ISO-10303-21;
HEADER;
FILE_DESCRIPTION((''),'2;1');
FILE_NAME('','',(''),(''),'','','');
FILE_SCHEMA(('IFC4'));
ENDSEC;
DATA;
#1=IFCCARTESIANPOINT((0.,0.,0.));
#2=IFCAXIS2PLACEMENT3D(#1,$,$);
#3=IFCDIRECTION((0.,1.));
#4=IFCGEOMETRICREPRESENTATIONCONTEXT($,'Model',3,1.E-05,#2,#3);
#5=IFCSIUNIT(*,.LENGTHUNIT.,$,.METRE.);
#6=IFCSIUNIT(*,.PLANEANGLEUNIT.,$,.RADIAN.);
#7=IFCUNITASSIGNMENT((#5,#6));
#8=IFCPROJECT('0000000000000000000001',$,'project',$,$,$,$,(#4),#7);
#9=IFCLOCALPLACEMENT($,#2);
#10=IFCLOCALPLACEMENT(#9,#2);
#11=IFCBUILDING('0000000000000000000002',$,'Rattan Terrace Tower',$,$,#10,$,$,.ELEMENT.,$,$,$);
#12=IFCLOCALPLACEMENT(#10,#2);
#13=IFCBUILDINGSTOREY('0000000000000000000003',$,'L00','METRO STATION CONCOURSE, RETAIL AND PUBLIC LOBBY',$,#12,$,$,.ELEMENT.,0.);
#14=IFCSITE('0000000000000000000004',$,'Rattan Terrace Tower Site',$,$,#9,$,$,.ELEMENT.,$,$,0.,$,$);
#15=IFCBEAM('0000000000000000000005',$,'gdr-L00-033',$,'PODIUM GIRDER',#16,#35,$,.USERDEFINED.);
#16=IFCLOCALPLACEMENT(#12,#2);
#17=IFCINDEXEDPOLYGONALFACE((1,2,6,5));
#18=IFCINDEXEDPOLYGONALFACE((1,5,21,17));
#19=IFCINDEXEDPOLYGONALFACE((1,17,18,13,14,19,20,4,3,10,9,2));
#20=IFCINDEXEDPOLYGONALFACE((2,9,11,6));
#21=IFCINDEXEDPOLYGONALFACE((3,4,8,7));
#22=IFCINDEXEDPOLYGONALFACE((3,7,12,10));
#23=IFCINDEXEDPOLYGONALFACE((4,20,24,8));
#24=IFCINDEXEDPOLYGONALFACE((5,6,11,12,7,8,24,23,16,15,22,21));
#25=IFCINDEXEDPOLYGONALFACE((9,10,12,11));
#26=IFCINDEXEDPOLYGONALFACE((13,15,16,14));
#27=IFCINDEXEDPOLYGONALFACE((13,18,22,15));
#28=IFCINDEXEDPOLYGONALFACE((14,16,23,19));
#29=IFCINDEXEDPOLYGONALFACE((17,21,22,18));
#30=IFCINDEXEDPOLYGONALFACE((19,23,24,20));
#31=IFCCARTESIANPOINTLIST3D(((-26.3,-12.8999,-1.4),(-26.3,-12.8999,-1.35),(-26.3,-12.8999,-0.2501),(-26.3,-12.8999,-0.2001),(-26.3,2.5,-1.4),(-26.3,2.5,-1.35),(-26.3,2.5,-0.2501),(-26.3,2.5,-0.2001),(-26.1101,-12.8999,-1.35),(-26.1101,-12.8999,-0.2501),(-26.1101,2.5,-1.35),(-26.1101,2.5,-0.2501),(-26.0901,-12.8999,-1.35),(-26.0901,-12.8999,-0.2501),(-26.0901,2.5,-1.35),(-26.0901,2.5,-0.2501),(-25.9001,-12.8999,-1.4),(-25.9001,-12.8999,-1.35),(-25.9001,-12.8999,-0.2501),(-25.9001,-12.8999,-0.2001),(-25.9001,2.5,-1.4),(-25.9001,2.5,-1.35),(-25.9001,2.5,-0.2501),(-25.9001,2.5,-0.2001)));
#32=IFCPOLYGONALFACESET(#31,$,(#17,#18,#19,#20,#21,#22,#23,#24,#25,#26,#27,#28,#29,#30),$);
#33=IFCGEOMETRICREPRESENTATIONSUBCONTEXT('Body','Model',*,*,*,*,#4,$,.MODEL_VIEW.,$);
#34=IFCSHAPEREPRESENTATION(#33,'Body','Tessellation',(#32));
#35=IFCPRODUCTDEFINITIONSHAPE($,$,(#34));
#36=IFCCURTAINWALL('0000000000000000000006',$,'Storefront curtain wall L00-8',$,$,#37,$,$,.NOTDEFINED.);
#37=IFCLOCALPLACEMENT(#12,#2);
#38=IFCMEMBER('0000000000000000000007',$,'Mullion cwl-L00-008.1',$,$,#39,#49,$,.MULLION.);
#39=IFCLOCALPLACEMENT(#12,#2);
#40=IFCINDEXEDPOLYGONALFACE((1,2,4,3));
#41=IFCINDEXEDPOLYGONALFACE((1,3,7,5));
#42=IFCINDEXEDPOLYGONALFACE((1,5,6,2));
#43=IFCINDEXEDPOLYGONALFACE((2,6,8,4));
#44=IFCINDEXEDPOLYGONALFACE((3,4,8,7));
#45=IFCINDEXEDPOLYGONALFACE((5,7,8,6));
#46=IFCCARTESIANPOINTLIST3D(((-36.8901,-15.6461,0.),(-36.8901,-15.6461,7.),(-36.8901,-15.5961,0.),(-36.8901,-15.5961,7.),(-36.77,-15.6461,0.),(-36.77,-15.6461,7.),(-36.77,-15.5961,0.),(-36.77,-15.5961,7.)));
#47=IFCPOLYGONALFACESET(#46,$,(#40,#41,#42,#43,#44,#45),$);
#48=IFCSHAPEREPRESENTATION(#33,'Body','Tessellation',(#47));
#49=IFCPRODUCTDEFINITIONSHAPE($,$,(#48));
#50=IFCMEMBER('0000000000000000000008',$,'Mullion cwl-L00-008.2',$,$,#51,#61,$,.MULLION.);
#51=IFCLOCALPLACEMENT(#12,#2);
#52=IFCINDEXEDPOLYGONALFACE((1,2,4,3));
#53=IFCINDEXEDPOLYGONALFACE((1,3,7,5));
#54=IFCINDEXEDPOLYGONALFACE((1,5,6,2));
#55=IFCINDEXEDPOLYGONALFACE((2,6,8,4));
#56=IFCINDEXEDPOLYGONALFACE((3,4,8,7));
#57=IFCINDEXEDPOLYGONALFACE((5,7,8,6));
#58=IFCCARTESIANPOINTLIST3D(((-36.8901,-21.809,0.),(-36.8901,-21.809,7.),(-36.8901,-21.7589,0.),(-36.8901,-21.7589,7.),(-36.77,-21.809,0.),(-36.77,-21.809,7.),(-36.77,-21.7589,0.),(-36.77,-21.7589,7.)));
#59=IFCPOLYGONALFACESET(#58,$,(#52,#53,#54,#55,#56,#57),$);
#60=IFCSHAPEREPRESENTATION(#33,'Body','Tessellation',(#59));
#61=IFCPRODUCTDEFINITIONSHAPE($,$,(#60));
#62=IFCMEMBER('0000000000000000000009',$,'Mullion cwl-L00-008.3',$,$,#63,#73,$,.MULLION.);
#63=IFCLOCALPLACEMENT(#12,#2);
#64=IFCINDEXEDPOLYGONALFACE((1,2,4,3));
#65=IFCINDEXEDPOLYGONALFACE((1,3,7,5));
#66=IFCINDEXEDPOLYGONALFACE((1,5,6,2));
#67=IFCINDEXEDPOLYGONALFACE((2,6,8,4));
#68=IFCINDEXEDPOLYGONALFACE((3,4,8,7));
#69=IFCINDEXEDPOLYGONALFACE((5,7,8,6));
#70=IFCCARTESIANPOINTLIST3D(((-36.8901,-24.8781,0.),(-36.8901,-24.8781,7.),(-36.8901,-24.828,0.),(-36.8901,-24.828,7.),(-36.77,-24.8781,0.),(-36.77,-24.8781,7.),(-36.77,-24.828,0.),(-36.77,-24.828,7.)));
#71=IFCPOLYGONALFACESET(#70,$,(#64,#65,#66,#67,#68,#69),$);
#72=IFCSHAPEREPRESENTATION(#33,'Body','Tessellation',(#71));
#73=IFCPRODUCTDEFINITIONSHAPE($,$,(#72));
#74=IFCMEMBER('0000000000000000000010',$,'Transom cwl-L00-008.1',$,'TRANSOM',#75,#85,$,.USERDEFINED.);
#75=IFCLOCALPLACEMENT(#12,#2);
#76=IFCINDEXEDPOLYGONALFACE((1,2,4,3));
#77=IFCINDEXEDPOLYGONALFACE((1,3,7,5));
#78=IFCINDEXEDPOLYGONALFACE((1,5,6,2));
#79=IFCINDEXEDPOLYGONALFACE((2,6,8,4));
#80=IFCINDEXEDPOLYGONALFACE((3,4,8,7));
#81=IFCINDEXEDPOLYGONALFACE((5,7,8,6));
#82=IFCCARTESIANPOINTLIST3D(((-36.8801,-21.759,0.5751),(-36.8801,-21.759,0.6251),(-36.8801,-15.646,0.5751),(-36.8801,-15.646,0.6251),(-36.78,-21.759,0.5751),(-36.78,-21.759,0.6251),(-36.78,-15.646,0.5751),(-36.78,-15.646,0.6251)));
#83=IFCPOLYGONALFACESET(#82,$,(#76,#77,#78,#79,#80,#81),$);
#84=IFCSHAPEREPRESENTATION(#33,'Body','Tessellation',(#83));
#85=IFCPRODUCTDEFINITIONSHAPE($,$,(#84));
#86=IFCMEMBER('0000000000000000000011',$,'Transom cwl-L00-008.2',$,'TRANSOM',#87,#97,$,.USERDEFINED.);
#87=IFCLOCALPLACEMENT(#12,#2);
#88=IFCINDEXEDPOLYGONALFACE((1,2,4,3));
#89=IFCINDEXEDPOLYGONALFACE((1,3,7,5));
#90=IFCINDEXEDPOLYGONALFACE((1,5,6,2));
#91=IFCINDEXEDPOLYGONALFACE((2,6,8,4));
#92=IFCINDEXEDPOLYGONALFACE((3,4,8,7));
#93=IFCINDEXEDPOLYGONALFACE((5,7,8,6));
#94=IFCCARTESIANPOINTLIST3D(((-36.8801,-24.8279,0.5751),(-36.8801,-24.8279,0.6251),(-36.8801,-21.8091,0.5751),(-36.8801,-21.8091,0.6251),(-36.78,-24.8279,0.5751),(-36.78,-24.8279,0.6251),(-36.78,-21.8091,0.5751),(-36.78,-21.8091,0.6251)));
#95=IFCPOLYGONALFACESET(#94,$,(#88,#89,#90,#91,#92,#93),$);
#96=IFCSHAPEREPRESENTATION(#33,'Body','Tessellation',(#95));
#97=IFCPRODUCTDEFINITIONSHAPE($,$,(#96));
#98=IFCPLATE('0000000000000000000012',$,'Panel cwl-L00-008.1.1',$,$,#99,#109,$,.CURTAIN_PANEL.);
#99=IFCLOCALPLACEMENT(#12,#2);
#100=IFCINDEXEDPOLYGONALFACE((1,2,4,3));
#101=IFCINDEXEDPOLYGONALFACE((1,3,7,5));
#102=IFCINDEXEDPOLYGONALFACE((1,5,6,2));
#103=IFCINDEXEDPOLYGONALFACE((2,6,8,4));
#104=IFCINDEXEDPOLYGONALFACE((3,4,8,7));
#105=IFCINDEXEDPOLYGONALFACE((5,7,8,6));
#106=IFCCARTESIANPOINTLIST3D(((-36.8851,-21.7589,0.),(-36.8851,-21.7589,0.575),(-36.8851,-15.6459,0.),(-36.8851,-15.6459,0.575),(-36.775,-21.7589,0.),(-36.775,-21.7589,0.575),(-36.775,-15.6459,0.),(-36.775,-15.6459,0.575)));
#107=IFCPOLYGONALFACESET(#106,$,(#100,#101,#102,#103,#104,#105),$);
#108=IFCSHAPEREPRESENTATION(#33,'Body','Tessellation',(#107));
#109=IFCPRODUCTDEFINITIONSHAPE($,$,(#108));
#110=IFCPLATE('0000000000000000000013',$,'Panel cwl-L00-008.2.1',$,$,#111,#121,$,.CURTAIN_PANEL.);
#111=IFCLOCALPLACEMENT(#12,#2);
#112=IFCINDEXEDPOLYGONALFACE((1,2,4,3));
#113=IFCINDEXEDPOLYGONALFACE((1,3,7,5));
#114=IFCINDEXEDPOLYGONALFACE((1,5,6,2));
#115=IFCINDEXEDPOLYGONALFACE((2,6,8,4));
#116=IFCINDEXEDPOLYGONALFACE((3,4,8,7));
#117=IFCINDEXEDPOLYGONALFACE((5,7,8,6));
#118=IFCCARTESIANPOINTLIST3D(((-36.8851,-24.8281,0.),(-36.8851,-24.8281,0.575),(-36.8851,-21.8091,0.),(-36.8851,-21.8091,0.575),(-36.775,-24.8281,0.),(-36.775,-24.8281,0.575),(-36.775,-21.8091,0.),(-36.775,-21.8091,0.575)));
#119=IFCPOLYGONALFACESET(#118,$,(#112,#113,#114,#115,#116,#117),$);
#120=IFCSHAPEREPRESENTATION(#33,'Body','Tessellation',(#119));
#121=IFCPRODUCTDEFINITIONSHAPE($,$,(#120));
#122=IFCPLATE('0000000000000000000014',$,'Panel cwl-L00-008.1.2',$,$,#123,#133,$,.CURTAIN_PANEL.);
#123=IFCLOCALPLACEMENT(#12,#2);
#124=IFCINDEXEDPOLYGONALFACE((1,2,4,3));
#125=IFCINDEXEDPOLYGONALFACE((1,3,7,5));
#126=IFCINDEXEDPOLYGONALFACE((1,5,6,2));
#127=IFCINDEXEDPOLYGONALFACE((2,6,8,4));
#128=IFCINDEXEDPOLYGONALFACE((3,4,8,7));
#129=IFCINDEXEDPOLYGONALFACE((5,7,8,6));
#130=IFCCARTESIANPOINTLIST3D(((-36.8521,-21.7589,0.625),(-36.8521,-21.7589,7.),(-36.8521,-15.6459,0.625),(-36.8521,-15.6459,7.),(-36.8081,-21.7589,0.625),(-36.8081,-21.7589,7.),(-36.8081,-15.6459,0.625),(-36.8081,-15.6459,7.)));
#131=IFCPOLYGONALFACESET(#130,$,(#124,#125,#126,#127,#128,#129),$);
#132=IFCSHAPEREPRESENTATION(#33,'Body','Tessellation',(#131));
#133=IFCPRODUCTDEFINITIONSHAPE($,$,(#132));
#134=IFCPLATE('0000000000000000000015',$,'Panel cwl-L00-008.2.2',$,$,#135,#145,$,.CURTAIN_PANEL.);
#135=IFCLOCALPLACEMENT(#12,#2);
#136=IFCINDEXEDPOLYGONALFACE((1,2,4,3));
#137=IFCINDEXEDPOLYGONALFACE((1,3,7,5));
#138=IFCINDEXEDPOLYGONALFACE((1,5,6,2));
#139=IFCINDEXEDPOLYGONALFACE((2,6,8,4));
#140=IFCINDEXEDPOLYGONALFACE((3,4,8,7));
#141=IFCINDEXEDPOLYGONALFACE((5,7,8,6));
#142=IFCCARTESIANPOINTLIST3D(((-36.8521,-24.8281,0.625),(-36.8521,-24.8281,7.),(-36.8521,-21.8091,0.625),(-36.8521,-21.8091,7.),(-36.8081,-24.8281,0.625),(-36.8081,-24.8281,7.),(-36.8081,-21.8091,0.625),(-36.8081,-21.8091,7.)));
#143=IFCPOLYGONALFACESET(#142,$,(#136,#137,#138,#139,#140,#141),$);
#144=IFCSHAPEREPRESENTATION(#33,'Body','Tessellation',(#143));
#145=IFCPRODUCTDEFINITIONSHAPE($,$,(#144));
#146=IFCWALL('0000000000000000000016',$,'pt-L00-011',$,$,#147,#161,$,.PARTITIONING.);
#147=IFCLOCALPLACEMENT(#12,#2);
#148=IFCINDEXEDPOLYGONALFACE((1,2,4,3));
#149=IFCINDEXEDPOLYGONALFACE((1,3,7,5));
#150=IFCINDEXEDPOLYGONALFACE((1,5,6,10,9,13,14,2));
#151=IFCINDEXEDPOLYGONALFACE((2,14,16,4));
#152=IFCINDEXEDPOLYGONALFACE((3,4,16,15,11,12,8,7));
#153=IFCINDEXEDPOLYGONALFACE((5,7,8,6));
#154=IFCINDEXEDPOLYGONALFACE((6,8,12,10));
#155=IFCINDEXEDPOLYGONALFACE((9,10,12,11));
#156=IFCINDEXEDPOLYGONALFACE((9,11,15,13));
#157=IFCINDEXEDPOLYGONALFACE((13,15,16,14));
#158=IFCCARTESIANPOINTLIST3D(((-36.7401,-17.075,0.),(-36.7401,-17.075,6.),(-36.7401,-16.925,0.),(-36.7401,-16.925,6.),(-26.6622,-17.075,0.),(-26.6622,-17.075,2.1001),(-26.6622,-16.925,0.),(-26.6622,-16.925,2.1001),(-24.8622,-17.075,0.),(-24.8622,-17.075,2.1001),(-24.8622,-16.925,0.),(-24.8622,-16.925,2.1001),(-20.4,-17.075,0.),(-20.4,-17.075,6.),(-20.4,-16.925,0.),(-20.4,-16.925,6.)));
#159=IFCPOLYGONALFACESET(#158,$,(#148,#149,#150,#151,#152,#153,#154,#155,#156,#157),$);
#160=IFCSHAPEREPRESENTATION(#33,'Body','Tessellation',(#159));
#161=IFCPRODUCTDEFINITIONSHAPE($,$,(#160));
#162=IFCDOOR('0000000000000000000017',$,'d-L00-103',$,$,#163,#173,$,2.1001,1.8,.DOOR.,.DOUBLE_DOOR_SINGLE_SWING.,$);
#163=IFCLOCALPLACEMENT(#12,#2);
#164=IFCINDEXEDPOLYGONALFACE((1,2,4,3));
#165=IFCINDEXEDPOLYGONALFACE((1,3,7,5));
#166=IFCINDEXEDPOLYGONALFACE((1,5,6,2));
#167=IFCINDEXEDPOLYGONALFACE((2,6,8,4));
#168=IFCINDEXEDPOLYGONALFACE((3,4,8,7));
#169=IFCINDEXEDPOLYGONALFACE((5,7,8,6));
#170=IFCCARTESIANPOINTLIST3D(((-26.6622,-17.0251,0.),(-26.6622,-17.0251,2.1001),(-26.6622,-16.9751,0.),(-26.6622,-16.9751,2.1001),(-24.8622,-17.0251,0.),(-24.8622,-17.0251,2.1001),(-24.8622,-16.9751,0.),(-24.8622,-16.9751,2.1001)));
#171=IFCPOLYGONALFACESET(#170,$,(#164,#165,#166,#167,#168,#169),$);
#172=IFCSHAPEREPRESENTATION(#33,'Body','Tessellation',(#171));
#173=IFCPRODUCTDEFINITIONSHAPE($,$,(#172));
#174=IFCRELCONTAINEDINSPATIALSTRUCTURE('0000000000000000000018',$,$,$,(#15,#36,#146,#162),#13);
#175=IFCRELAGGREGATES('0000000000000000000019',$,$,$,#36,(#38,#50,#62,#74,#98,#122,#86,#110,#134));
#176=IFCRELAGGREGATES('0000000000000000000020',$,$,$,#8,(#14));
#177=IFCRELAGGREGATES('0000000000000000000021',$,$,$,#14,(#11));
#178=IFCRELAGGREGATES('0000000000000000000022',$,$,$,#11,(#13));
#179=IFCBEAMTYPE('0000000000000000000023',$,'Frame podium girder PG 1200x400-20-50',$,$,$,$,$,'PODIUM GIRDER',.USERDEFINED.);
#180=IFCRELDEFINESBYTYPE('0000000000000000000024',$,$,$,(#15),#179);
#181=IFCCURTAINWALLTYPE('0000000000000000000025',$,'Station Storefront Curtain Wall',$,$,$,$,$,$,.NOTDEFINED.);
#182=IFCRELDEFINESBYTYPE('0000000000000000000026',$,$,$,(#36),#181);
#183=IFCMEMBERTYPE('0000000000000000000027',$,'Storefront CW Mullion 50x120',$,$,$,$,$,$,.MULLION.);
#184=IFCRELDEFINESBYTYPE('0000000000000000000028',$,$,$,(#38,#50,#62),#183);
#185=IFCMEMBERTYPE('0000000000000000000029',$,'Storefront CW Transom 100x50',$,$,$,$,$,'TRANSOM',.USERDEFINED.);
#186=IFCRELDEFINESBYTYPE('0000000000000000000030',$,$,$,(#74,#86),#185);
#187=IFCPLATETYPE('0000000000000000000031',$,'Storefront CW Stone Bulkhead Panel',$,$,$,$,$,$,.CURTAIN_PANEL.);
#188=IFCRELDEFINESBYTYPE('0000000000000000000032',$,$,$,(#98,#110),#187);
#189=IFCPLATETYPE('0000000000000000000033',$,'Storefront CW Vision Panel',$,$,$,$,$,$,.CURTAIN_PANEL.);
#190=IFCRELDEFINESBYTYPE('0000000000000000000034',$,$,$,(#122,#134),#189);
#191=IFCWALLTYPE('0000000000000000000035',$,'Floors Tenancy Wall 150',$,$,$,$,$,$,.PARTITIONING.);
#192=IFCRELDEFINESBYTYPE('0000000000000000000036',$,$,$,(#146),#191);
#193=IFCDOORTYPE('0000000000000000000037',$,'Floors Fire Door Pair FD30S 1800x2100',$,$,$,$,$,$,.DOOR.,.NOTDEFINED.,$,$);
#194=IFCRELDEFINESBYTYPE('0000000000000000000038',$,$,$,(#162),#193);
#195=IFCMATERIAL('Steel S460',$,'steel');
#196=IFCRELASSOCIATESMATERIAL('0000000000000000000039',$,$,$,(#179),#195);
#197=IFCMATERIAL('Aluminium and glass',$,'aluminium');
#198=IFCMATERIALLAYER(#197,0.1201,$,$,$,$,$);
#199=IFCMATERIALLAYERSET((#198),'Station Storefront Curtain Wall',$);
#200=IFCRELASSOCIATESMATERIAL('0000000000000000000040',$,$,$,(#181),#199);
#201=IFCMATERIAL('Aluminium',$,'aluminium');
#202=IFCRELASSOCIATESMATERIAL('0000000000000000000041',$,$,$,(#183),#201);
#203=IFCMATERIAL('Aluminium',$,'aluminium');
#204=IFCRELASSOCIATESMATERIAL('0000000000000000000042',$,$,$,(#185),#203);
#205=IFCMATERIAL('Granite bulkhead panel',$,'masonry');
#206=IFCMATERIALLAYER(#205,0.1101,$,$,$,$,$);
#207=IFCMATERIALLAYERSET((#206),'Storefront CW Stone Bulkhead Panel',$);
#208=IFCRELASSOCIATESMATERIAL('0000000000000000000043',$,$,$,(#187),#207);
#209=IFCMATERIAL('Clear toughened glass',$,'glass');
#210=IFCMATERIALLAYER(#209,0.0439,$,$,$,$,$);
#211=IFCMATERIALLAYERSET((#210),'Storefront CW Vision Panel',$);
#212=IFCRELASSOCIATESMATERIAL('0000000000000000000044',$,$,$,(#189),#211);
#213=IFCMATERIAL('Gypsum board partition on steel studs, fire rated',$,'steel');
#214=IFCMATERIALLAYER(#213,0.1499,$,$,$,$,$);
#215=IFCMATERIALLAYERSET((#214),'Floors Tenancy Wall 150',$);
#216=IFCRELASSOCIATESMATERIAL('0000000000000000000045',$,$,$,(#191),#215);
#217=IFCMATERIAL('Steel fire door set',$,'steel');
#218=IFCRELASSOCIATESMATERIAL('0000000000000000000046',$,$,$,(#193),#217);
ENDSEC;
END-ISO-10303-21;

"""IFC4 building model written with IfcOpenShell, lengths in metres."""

from ifc_helpers import new_model, si_unit, direction, frame, frame_2d, origin, origin_2d, place, context, subcontext, project, spatial, rectangle, i_section, extrude, material, layer, layer_set, material_profile, profile_set, type_object, element, fill, aggregate, save


model = new_model("IFC4")

# Units and contexts
model_context = context("Model", 3, precision=1e-05, world=origin(), true_north=direction((0.0, 1.0)))
body_context = subcontext(model_context, "Body", "Model", "MODEL_VIEW")
ifc_project = project(units=[si_unit("LENGTHUNIT", "METRE"), si_unit("PLANEANGLEUNIT", "RADIAN")], contexts=[model_context])

# Site, building, storey
site_placement = place(None, origin())
site = spatial("IfcSite", under=ifc_project, at=site_placement, Name="Rattan Terrace Tower Site", CompositionType="ELEMENT", RefElevation=0.0)
building_placement = place(site_placement, origin())
building = spatial("IfcBuilding", under=site, at=building_placement, Name="Rattan Terrace Tower", CompositionType="ELEMENT")
storey_placement = place(building_placement, origin())
storey = spatial("IfcBuildingStorey", under=building, at=storey_placement, Name="L00", Description="METRO STATION CONCOURSE, RETAIL AND PUBLIC LOBBY", CompositionType="ELEMENT", Elevation=0.0)

# Beam
ifc_material_1 = material(Name="Steel S460", Category="steel")
ifc_material_profile_1 = material_profile(ifc_material_1, i_section(OverallWidth=0.3999, OverallDepth=1.2, WebThickness=0.02, FlangeThickness=0.05, at=origin_2d()), Name="PG 1200x400-20-50")
ifc_profile_set_1 = profile_set([ifc_material_profile_1], Name="Steel S460")
beam_type_1 = type_object("IfcBeamType", Name="Frame podium girder PG 1200x400-20-50", ElementType="PODIUM GIRDER", PredefinedType="USERDEFINED", material=ifc_profile_set_1)
beam_1_placement = place(storey_placement, frame((-26.1001, -12.8999, -0.8), z_axis=(0.0, 1.0, 0.0), x_axis=(-1.0, 0.0, 0.0)))
element("IfcBeam", 1, at=beam_1_placement, inside=storey, type_object=beam_type_1, Name="gdr-L00-033", ObjectType="PODIUM GIRDER", PredefinedType="USERDEFINED", context=body_context, shape_type="SweptSolid", body=[
    extrude(i_section(OverallWidth=0.3999, OverallDepth=1.2, WebThickness=0.02, FlangeThickness=0.05, at=origin_2d()), origin(), (0.0, 0.0, 1.0), 15.3999),
])

# Curtain wall, members, plates
ifc_material_2 = material(Name="Aluminium and glass", Category="aluminium")
ifc_layer_1 = layer(ifc_material_2, 0.1201)
ifc_layer_set_1 = layer_set([ifc_layer_1], Name="Station Storefront Curtain Wall")
curtain_wall_type = type_object("IfcCurtainWallType", Name="Station Storefront Curtain Wall", PredefinedType="NOTDEFINED", material=ifc_layer_set_1)
curtain_wall_placement = place(storey_placement, origin())
curtain_wall = element("IfcCurtainWall", 2, at=curtain_wall_placement, inside=storey, type_object=curtain_wall_type, Name="Storefront curtain wall L00-8", PredefinedType="NOTDEFINED")
ifc_material_3 = material(Name="Aluminium", Category="aluminium")
ifc_material_profile_2 = material_profile(ifc_material_3, rectangle(XDim=0.05, YDim=0.1201, at=origin_2d()), Name="Aluminium 50x120")
ifc_profile_set_2 = profile_set([ifc_material_profile_2], Name="Aluminium")
member_type_1 = type_object("IfcMemberType", Name="Storefront CW Mullion 50x120", PredefinedType="MULLION", material=ifc_profile_set_2)
member_1_placement = place(storey_placement, frame((-36.8301, -15.6211, 0.0), z_axis=(0.0, 0.0, 1.0), x_axis=(0.0, -1.0, 0.0)))
member_1 = element("IfcMember", 3, at=member_1_placement, type_object=member_type_1, Name="Mullion cwl-L00-008.1", PredefinedType="MULLION", context=body_context, shape_type="SweptSolid", body=[
    extrude(rectangle(XDim=0.05, YDim=0.1201, at=origin_2d()), origin(), (0.0, 0.0, 1.0), 7.0),
])
member_2_placement = place(storey_placement, frame((-36.8301, -21.7839, 0.0), z_axis=(0.0, 0.0, 1.0), x_axis=(0.0, -1.0, 0.0)))
member_2 = element("IfcMember", 4, at=member_2_placement, type_object=member_type_1, Name="Mullion cwl-L00-008.2", PredefinedType="MULLION", context=body_context, shape_type="SweptSolid", body=[
    extrude(rectangle(XDim=0.05, YDim=0.1201, at=origin_2d()), origin(), (0.0, 0.0, 1.0), 7.0),
])
member_3_placement = place(storey_placement, frame((-36.8301, -24.853, 0.0), z_axis=(0.0, 0.0, 1.0), x_axis=(0.0, -1.0, 0.0)))
member_3 = element("IfcMember", 5, at=member_3_placement, type_object=member_type_1, Name="Mullion cwl-L00-008.3", PredefinedType="MULLION", context=body_context, shape_type="SweptSolid", body=[
    extrude(rectangle(XDim=0.05, YDim=0.1201, at=origin_2d()), origin(), (0.0, 0.0, 1.0), 7.0),
])
ifc_material_4 = material(Name="Aluminium", Category="aluminium")
ifc_material_profile_3 = material_profile(ifc_material_4, rectangle(XDim=0.1001, YDim=0.05, at=origin_2d()), Name="Aluminium 100x50")
ifc_profile_set_3 = profile_set([ifc_material_profile_3], Name="Aluminium")
member_type_2 = type_object("IfcMemberType", Name="Storefront CW Transom 100x50", ElementType="TRANSOM", PredefinedType="USERDEFINED", material=ifc_profile_set_3)
member_4_placement = place(storey_placement, frame((-36.8301, -15.646, 0.6001), z_axis=(0.0, -1.0, 0.0), x_axis=(1.0, 0.0, 0.0)))
member_4 = element("IfcMember", 6, at=member_4_placement, type_object=member_type_2, Name="Transom cwl-L00-008.1", ObjectType="TRANSOM", PredefinedType="USERDEFINED", context=body_context, shape_type="SweptSolid", body=[
    extrude(rectangle(XDim=0.1001, YDim=0.05, at=origin_2d()), origin(), (0.0, 0.0, 1.0), 6.113),
])
member_5_placement = place(storey_placement, frame((-36.8301, -21.8091, 0.6001), z_axis=(0.0, -1.0, 0.0), x_axis=(1.0, 0.0, 0.0)))
member_5 = element("IfcMember", 7, at=member_5_placement, type_object=member_type_2, Name="Transom cwl-L00-008.2", ObjectType="TRANSOM", PredefinedType="USERDEFINED", context=body_context, shape_type="SweptSolid", body=[
    extrude(rectangle(XDim=0.1001, YDim=0.05, at=origin_2d()), origin(), (0.0, 0.0, 1.0), 3.0188),
])
ifc_material_5 = material(Name="Granite bulkhead panel", Category="masonry")
ifc_layer_2 = layer(ifc_material_5, 0.1101)
ifc_layer_set_2 = layer_set([ifc_layer_2], Name="Storefront CW Stone Bulkhead Panel")
plate_type_1 = type_object("IfcPlateType", Name="Storefront CW Stone Bulkhead Panel", PredefinedType="CURTAIN_PANEL", material=ifc_layer_set_2)
plate_1_placement = place(storey_placement, frame((-36.8301, -18.7024, 0.0), z_axis=(0.0, 0.0, 1.0), x_axis=(0.0, -1.0, 0.0)))
plate_1 = element("IfcPlate", 8, at=plate_1_placement, type_object=plate_type_1, Name="Panel cwl-L00-008.1.1", PredefinedType="CURTAIN_PANEL", context=body_context, shape_type="SweptSolid", body=[
    extrude(rectangle(XDim=6.113, YDim=0.1101, at=origin_2d()), origin(), (0.0, 0.0, 1.0), 0.575),
])
plate_2_placement = place(storey_placement, frame((-36.8301, -23.3186, 0.0), z_axis=(0.0, 0.0, 1.0), x_axis=(0.0, -1.0, 0.0)))
plate_2 = element("IfcPlate", 9, at=plate_2_placement, type_object=plate_type_1, Name="Panel cwl-L00-008.2.1", PredefinedType="CURTAIN_PANEL", context=body_context, shape_type="SweptSolid", body=[
    extrude(rectangle(XDim=3.019, YDim=0.1101, at=origin_2d()), origin(), (0.0, 0.0, 1.0), 0.575),
])
ifc_material_6 = material(Name="Clear toughened glass", Category="glass")
ifc_layer_3 = layer(ifc_material_6, 0.0439)
ifc_layer_set_3 = layer_set([ifc_layer_3], Name="Storefront CW Vision Panel")
plate_type_2 = type_object("IfcPlateType", Name="Storefront CW Vision Panel", PredefinedType="CURTAIN_PANEL", material=ifc_layer_set_3)
plate_3_placement = place(storey_placement, frame((-36.8301, -18.7024, 0.625), z_axis=(0.0, 0.0, 1.0), x_axis=(0.0, -1.0, 0.0)))
plate_3 = element("IfcPlate", 10, at=plate_3_placement, type_object=plate_type_2, Name="Panel cwl-L00-008.1.2", PredefinedType="CURTAIN_PANEL", context=body_context, shape_type="SweptSolid", body=[
    extrude(rectangle(XDim=6.113, YDim=0.0439, at=origin_2d()), origin(), (0.0, 0.0, 1.0), 6.375),
])
plate_4_placement = place(storey_placement, frame((-36.8301, -23.3186, 0.625), z_axis=(0.0, 0.0, 1.0), x_axis=(0.0, -1.0, 0.0)))
plate_4 = element("IfcPlate", 11, at=plate_4_placement, type_object=plate_type_2, Name="Panel cwl-L00-008.2.2", PredefinedType="CURTAIN_PANEL", context=body_context, shape_type="SweptSolid", body=[
    extrude(rectangle(XDim=3.019, YDim=0.0439, at=origin_2d()), origin(), (0.0, 0.0, 1.0), 6.375),
])
aggregate(curtain_wall, [member_1, member_2, member_3, member_4, plate_1, plate_3, member_5, plate_2, plate_4])

# Wall, opening, door
ifc_material_7 = material(Name="Gypsum board partition on steel studs, fire rated", Category="steel")
ifc_layer_4 = layer(ifc_material_7, 0.1499)
ifc_layer_set_4 = layer_set([ifc_layer_4], Name="Floors Tenancy Wall 150")
wall_type = type_object("IfcWallType", Name="Floors Tenancy Wall 150", PredefinedType="PARTITIONING", material=ifc_layer_set_4)
wall_placement = place(storey_placement, frame((-36.74, -17.0, 0.0), z_axis=(0.0, 0.0, 1.0), x_axis=(1.0, 0.0, 0.0)))
wall = element("IfcWall", 12, at=wall_placement, inside=storey, type_object=wall_type, Name="pt-L00-011", PredefinedType="PARTITIONING", context=body_context, shape_type="SweptSolid", body=[
    extrude(rectangle(XDim=16.3401, YDim=0.1499, at=frame_2d((8.1699, 0.0))), origin(), (0.0, 0.0, 1.0), 6.0),
])
opening_placement = place(wall_placement, frame((10.0779, 0.0, 0.0)))
opening = element("IfcOpeningElement", 13, at=opening_placement, cuts=wall, PredefinedType="OPENING", context=body_context, shape_type="SweptSolid", body=[
    extrude(rectangle(XDim=1.8, YDim=2.1001, at=frame_2d((0.8999, 1.05))), frame((0.0, 0.0854, 0.0), z_axis=(0.0, -1.0, 0.0), x_axis=(1.0, 0.0, 0.0)), (0.0, 0.0, 1.0), 0.1709),
])
ifc_material_8 = material(Name="Steel fire door set", Category="steel")
door_type = type_object("IfcDoorType", Name="Floors Fire Door Pair FD30S 1800x2100", OperationType="NOTDEFINED", PredefinedType="DOOR", material=ifc_material_8)
door_placement = place(opening_placement, origin())
door = element("IfcDoor", 14, at=door_placement, inside=storey, type_object=door_type, Name="d-L00-103", OperationType="DOUBLE_DOOR_SINGLE_SWING", OverallHeight=2.1001, OverallWidth=1.8, PredefinedType="DOOR", context=body_context, shape_type="SweptSolid", body=[
    extrude(rectangle(XDim=1.8, YDim=2.1001, at=frame_2d((0.8999, 1.05))), frame((0.0, 0.0249, 0.0), z_axis=(0.0, -1.0, 0.0), x_axis=(1.0, 0.0, 0.0)), (0.0, 0.0, 1.0), 0.05),
])
fill(opening, door)

save(model, "model.ifc")
